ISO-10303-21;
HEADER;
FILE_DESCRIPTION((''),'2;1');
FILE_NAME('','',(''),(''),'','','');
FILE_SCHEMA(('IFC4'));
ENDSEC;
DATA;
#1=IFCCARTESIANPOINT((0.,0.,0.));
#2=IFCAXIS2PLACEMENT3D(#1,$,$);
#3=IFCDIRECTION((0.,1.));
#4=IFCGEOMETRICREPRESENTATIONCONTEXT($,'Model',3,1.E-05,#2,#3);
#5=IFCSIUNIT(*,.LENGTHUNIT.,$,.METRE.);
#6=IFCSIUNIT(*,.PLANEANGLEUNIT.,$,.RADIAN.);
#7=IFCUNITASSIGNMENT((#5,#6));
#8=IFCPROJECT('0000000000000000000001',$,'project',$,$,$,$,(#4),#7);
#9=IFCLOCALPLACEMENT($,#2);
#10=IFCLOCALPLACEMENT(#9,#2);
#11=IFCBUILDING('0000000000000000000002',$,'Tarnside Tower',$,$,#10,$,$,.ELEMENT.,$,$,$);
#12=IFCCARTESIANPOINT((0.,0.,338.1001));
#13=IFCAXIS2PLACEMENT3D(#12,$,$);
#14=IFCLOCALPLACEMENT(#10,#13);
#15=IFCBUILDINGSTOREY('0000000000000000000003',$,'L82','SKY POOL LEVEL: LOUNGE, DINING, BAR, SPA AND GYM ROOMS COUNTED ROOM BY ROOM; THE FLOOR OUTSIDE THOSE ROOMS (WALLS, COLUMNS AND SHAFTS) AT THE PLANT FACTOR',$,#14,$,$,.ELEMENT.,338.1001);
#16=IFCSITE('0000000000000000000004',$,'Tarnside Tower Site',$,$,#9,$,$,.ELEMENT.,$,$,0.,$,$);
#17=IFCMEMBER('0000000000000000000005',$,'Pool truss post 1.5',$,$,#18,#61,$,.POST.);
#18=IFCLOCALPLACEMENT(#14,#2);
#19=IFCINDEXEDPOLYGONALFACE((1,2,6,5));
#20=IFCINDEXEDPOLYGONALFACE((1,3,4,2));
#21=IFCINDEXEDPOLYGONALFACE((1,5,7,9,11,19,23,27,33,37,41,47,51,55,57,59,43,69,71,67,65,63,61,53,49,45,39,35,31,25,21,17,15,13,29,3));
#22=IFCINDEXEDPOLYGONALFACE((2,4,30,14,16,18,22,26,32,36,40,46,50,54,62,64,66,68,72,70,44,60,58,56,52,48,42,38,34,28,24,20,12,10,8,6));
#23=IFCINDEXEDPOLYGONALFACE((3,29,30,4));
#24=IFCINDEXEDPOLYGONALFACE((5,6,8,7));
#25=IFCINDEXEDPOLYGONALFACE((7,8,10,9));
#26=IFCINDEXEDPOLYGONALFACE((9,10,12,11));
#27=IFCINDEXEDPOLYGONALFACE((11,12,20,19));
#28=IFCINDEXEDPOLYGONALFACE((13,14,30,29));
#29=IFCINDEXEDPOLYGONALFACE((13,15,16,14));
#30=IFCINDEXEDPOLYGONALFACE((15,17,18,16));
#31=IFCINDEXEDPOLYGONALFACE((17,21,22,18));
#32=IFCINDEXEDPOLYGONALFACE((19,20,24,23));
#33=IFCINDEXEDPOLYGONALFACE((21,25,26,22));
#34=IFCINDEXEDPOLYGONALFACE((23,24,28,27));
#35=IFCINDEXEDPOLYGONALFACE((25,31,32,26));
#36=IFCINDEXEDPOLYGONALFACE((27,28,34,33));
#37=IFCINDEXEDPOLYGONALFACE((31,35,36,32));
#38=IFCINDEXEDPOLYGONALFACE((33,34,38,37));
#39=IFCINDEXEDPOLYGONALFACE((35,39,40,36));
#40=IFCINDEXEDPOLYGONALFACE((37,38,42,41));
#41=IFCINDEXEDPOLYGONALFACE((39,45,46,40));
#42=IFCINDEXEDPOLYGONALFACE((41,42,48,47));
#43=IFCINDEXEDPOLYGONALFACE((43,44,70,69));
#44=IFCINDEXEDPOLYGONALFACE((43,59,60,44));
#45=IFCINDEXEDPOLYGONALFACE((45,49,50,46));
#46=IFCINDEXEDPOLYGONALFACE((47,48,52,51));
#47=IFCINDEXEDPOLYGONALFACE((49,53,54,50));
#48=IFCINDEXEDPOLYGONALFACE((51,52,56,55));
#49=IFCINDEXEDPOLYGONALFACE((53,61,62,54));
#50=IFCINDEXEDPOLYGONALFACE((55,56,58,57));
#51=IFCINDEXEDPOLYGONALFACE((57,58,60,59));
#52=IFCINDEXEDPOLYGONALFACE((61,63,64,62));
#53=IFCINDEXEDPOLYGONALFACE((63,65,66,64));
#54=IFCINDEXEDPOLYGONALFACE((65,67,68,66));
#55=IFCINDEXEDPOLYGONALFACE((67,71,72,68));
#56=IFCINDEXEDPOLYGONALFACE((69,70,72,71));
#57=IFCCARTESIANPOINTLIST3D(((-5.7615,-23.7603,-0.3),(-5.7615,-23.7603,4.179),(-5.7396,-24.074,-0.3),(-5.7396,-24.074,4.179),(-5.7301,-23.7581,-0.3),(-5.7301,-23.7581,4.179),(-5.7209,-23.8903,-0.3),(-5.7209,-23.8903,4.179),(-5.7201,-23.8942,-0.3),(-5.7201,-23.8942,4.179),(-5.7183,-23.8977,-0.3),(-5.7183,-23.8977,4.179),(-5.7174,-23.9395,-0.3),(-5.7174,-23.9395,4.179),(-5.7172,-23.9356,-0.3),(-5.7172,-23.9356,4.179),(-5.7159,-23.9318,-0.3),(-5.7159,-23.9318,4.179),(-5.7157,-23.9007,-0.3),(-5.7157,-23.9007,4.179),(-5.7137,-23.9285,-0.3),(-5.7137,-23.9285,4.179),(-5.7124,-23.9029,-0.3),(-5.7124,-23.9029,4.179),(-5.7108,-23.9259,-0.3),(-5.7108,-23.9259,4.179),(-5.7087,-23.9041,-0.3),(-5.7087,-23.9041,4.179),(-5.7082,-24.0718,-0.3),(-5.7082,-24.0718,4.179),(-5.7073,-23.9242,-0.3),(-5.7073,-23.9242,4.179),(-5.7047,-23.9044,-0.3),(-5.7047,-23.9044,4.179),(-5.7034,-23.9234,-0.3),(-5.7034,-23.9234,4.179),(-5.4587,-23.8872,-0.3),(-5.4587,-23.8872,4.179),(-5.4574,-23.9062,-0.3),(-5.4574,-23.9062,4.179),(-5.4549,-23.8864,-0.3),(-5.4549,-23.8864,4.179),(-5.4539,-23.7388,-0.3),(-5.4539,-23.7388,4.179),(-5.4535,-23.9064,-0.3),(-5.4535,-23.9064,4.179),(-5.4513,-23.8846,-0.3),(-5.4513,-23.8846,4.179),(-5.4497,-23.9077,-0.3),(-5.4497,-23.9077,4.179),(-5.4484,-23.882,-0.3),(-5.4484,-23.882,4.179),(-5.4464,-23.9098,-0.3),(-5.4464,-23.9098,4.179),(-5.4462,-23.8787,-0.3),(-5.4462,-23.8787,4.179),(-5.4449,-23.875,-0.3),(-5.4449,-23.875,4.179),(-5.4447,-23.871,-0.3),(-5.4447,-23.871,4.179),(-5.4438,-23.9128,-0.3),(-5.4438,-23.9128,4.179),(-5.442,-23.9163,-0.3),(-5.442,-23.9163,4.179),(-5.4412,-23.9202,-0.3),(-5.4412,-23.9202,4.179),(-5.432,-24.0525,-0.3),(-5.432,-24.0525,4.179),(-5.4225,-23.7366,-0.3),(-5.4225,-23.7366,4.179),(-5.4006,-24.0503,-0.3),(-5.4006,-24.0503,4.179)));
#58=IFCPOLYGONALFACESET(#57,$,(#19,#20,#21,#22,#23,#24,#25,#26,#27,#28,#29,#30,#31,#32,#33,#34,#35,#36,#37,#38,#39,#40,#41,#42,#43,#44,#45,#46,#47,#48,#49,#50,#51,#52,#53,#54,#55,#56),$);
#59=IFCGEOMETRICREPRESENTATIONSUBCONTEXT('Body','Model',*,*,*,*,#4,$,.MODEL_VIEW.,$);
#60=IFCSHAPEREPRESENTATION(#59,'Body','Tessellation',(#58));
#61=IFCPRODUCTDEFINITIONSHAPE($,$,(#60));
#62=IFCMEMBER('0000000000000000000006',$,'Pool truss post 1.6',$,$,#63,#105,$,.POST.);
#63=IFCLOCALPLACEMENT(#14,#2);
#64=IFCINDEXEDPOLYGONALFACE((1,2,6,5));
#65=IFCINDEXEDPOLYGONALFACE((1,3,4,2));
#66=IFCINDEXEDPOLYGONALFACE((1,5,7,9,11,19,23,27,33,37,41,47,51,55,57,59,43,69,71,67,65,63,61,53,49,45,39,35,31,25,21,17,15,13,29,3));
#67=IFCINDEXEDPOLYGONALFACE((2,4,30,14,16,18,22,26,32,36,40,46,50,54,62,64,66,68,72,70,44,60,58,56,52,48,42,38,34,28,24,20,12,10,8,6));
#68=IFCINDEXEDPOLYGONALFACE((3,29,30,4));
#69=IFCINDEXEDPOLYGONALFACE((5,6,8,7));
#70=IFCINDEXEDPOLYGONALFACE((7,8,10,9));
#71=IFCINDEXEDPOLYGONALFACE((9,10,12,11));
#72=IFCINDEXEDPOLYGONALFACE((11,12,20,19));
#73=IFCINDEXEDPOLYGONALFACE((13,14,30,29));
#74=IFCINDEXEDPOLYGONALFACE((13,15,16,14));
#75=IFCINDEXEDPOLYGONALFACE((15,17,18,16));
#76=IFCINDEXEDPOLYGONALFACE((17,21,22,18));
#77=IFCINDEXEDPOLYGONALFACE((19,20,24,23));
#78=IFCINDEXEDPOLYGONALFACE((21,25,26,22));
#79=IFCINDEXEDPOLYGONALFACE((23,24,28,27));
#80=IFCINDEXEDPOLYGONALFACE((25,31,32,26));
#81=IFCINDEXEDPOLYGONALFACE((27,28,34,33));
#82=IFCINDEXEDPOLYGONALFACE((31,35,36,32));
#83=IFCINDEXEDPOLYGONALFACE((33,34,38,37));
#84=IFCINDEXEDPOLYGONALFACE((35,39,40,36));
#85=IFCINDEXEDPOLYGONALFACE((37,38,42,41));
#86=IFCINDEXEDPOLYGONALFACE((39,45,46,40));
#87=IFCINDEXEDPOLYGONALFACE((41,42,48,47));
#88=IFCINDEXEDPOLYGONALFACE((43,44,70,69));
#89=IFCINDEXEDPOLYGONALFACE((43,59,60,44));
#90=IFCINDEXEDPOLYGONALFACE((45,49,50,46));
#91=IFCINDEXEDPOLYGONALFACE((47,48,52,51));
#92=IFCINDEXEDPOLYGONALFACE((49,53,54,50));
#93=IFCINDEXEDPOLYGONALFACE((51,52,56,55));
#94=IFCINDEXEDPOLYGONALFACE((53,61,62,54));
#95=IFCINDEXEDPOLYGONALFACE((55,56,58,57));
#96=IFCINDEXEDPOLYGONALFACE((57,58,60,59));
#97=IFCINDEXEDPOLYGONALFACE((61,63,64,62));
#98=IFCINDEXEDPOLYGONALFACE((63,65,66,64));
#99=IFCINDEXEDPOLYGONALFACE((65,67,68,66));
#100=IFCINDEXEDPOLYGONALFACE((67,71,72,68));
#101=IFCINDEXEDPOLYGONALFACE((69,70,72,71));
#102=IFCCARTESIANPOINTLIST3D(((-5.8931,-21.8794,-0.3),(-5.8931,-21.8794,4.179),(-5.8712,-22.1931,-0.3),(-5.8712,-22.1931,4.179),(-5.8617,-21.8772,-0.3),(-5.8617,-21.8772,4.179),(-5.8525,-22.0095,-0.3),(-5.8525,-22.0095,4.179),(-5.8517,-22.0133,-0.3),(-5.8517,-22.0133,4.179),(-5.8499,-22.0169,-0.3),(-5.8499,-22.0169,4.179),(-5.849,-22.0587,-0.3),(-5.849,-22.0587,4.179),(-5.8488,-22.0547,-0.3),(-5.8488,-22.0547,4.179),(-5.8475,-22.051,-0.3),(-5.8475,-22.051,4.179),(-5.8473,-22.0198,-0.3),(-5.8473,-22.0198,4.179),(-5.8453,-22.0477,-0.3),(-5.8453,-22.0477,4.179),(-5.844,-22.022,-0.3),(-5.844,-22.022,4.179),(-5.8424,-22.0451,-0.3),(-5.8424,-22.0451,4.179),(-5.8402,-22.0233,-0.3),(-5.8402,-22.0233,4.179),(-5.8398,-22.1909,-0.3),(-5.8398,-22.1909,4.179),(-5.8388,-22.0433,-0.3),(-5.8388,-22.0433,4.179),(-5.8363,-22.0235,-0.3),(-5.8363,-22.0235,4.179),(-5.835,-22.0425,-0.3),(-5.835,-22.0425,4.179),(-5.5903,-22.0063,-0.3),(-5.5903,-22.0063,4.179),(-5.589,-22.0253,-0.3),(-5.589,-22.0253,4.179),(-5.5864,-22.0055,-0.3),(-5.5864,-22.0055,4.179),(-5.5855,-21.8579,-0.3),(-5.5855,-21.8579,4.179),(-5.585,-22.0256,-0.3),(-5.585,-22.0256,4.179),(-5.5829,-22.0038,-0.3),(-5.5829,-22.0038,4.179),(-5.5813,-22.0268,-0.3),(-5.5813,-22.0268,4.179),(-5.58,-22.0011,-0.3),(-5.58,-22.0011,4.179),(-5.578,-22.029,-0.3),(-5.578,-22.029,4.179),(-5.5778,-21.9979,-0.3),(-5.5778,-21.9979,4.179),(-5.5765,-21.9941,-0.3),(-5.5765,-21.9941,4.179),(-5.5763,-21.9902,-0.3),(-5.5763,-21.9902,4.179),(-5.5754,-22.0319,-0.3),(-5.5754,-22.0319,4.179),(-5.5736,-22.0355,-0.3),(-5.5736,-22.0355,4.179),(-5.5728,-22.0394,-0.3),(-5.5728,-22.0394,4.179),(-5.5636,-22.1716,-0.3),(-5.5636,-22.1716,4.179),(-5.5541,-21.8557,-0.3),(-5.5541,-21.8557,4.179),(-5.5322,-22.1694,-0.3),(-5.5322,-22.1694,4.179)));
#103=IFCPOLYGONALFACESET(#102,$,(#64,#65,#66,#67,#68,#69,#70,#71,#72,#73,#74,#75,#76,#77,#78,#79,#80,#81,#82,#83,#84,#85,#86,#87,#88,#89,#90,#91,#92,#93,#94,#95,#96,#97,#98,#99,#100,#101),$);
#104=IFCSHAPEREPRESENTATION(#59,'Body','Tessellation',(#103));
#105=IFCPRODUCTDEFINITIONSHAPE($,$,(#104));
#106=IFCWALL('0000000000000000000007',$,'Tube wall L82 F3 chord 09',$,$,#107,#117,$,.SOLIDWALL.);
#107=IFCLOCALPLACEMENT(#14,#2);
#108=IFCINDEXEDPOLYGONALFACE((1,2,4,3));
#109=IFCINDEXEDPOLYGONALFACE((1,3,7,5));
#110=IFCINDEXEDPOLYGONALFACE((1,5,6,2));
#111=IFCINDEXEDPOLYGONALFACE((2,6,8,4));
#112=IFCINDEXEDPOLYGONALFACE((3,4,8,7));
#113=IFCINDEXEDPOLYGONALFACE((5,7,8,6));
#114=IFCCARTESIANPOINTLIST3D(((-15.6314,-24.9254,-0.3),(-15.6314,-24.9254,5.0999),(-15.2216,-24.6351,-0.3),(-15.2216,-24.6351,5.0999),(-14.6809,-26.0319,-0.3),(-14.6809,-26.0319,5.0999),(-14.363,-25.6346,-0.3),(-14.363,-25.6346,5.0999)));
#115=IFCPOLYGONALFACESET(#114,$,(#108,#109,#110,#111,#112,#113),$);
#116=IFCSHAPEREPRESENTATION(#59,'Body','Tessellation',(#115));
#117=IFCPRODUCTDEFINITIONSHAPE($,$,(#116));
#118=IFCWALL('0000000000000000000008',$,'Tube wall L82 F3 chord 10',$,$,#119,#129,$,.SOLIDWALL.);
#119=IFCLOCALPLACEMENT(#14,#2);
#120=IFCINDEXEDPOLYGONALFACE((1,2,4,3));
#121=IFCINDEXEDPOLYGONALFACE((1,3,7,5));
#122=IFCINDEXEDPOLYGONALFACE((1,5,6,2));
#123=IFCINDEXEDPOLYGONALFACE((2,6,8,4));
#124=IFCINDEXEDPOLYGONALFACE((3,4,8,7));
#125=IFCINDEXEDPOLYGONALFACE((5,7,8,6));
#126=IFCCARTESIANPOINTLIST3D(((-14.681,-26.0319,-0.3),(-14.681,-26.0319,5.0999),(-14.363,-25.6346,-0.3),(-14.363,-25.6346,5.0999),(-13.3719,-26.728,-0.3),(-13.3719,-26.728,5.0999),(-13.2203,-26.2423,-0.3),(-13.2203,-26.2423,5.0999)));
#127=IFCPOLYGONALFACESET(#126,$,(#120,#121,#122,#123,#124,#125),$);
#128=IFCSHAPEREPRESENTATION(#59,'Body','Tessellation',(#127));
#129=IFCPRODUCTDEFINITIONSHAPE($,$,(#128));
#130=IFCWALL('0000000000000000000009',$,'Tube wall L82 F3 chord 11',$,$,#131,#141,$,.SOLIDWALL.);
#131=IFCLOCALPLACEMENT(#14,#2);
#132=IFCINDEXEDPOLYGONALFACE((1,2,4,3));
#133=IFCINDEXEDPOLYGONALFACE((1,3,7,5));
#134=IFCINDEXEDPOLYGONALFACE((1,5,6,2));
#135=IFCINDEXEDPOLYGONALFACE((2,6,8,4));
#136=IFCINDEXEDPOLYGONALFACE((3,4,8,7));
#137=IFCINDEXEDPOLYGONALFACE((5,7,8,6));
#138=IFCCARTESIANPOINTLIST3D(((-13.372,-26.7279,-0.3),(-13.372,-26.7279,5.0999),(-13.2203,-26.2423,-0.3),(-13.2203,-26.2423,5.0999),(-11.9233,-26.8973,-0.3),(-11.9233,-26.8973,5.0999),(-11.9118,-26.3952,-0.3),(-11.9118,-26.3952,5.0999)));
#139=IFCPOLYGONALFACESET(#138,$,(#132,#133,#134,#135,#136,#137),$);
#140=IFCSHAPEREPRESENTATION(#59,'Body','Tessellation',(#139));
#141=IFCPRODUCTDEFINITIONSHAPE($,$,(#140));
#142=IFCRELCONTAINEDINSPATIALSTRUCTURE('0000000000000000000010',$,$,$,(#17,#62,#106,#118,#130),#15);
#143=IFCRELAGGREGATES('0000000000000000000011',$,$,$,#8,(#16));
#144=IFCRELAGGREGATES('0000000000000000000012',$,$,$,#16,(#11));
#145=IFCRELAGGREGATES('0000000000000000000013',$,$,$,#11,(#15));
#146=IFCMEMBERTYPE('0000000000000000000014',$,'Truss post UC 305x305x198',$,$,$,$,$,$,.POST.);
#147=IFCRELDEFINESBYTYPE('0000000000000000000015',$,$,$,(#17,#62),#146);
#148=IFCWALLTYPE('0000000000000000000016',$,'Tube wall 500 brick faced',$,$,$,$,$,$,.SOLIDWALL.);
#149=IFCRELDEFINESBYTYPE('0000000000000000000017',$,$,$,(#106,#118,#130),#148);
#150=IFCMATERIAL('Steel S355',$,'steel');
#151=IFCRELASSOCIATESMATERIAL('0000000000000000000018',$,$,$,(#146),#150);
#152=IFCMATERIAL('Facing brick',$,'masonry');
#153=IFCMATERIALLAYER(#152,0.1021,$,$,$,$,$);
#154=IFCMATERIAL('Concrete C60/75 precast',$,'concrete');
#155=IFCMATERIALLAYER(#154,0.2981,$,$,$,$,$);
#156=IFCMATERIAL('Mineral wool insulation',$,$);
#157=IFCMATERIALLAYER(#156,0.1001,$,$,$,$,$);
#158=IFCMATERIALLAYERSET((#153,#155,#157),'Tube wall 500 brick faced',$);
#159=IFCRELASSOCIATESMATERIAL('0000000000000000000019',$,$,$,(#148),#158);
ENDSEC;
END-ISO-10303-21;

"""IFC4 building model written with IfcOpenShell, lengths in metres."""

from ifc_helpers import new_model, si_unit, direction, frame, origin, origin_2d, place, context, subcontext, project, spatial, polyline, i_section, outline, extrude, material, layer, layer_set, material_profile, profile_set, type_object, element, save


model = new_model("IFC4")

# Units and contexts
model_context = context("Model", 3, precision=1e-05, world=origin(), true_north=direction((0.0, 1.0)))
body_context = subcontext(model_context, "Body", "Model", "MODEL_VIEW")
ifc_project = project(units=[si_unit("LENGTHUNIT", "METRE"), si_unit("PLANEANGLEUNIT", "RADIAN")], contexts=[model_context])

# Site, building, storey
site_placement = place(None, origin())
site = spatial("IfcSite", under=ifc_project, at=site_placement, Name="Tarnside Tower Site", CompositionType="ELEMENT", RefElevation=0.0)
building_placement = place(site_placement, origin())
building = spatial("IfcBuilding", under=site, at=building_placement, Name="Tarnside Tower", CompositionType="ELEMENT")
storey_placement = place(building_placement, frame((0.0, 0.0, 338.1001)))
storey = spatial("IfcBuildingStorey", under=building, at=storey_placement, Name="L82", Description="SKY POOL LEVEL: LOUNGE, DINING, BAR, SPA AND GYM ROOMS COUNTED ROOM BY ROOM; THE FLOOR OUTSIDE THOSE ROOMS (WALLS, COLUMNS AND SHAFTS) AT THE PLANT FACTOR", CompositionType="ELEMENT", Elevation=338.1001)

# Shared definitions
ifc_material_1 = material(Name="Steel S355", Category="steel")

# Members
ifc_material_profile_1 = material_profile(ifc_material_1, i_section(OverallWidth=0.3145, OverallDepth=0.3398, WebThickness=0.019, FlangeThickness=0.0315, FilletRadius=0.0151, at=origin_2d()), Name="UC 305x305x198")
ifc_profile_set_1 = profile_set([ifc_material_profile_1], Name="Steel S355")
member_type_1 = type_object("IfcMemberType", Name="Truss post UC 305x305x198", PredefinedType="POST", material=ifc_profile_set_1)
for number, where, z_axis, x_axis, name in (
    (1, (-5.5811, -23.9053, -0.3), (0.0, 0.0, 1.0), (-0.069756, 0.997564, 0.0), "Pool truss post 1.5"),
    (2, (-5.7126, -22.0244, -0.3), (0.0, 0.0, 1.0), (-0.069756, 0.997564, 0.0), "Pool truss post 1.6"),
):
    element("IfcMember", number, at=place(storey_placement, frame(where, z_axis=z_axis, x_axis=x_axis)), inside=storey, type_object=member_type_1, Name=name, PredefinedType="POST", context=body_context, shape_type="SweptSolid", body=[
        extrude(i_section(OverallWidth=0.3145, OverallDepth=0.3398, WebThickness=0.019, FlangeThickness=0.0315, FilletRadius=0.0151, at=origin_2d()), origin(), (0.0, 0.0, 1.0), 4.479),
    ])

# Walls
ifc_material_2 = material(Name="Facing brick", Category="masonry")
ifc_layer_1 = layer(ifc_material_2, 0.1021)
ifc_material_3 = material(Name="Concrete C60/75 precast", Category="concrete")
ifc_layer_2 = layer(ifc_material_3, 0.2981)
ifc_material_4 = material(Name="Mineral wool insulation")
ifc_layer_3 = layer(ifc_material_4, 0.1001)
ifc_layer_set_1 = layer_set([ifc_layer_1, ifc_layer_2, ifc_layer_3], Name="Tube wall 500 brick faced")
wall_type = type_object("IfcWallType", Name="Tube wall 500 brick faced", PredefinedType="SOLIDWALL", material=ifc_layer_set_1)
wall_1_placement = place(storey_placement, frame((-15.4265, -24.7803, -0.3), z_axis=(0.0, 0.0, 1.0), x_axis=(0.651617, -0.758549, 0.0)))
element("IfcWall", 3, at=wall_1_placement, inside=storey, type_object=wall_type, Name="Tube wall L82 F3 chord 09", PredefinedType="SOLIDWALL", context=body_context, shape_type="SweptSolid", body=[
    extrude(outline(polyline([(-0.0234, -0.25), (1.4353, -0.25), (1.3411, 0.25), (0.0234, 0.25), (-0.0234, -0.25)])), origin(), (0.0, 0.0, 1.0), 5.3999),
])
wall_2_placement = place(storey_placement, frame((-14.522, -25.8333, -0.3), z_axis=(0.0, 0.0, 1.0), x_axis=(0.882927, -0.469511, 0.0)))
element("IfcWall", 4, at=wall_2_placement, inside=storey, type_object=wall_type, Name="Tube wall L82 F3 chord 10", PredefinedType="SOLIDWALL", context=body_context, shape_type="SweptSolid", body=[
    extrude(outline(polyline([(-0.0471, -0.25), (1.4355, -0.25), (1.3413, 0.25), (0.0471, 0.25), (-0.0471, -0.25)])), origin(), (0.0, 0.0, 1.0), 5.3999),
])
wall_3_placement = place(storey_placement, frame((-13.2961, -26.4851, -0.3), z_axis=(0.0, 0.0, 1.0), x_axis=(0.993239, -0.116086, 0.0)))
element("IfcWall", 5, at=wall_3_placement, inside=storey, type_object=wall_type, Name="Tube wall L82 F3 chord 11", PredefinedType="SOLIDWALL", context=body_context, shape_type="SweptSolid", body=[
    extrude(outline(polyline([(-0.0471, -0.25), (1.4114, -0.25), (1.3645, 0.25), (0.0471, 0.25), (-0.0471, -0.25)])), origin(), (0.0, 0.0, 1.0), 5.3999),
])

save(model, "model.ifc")
